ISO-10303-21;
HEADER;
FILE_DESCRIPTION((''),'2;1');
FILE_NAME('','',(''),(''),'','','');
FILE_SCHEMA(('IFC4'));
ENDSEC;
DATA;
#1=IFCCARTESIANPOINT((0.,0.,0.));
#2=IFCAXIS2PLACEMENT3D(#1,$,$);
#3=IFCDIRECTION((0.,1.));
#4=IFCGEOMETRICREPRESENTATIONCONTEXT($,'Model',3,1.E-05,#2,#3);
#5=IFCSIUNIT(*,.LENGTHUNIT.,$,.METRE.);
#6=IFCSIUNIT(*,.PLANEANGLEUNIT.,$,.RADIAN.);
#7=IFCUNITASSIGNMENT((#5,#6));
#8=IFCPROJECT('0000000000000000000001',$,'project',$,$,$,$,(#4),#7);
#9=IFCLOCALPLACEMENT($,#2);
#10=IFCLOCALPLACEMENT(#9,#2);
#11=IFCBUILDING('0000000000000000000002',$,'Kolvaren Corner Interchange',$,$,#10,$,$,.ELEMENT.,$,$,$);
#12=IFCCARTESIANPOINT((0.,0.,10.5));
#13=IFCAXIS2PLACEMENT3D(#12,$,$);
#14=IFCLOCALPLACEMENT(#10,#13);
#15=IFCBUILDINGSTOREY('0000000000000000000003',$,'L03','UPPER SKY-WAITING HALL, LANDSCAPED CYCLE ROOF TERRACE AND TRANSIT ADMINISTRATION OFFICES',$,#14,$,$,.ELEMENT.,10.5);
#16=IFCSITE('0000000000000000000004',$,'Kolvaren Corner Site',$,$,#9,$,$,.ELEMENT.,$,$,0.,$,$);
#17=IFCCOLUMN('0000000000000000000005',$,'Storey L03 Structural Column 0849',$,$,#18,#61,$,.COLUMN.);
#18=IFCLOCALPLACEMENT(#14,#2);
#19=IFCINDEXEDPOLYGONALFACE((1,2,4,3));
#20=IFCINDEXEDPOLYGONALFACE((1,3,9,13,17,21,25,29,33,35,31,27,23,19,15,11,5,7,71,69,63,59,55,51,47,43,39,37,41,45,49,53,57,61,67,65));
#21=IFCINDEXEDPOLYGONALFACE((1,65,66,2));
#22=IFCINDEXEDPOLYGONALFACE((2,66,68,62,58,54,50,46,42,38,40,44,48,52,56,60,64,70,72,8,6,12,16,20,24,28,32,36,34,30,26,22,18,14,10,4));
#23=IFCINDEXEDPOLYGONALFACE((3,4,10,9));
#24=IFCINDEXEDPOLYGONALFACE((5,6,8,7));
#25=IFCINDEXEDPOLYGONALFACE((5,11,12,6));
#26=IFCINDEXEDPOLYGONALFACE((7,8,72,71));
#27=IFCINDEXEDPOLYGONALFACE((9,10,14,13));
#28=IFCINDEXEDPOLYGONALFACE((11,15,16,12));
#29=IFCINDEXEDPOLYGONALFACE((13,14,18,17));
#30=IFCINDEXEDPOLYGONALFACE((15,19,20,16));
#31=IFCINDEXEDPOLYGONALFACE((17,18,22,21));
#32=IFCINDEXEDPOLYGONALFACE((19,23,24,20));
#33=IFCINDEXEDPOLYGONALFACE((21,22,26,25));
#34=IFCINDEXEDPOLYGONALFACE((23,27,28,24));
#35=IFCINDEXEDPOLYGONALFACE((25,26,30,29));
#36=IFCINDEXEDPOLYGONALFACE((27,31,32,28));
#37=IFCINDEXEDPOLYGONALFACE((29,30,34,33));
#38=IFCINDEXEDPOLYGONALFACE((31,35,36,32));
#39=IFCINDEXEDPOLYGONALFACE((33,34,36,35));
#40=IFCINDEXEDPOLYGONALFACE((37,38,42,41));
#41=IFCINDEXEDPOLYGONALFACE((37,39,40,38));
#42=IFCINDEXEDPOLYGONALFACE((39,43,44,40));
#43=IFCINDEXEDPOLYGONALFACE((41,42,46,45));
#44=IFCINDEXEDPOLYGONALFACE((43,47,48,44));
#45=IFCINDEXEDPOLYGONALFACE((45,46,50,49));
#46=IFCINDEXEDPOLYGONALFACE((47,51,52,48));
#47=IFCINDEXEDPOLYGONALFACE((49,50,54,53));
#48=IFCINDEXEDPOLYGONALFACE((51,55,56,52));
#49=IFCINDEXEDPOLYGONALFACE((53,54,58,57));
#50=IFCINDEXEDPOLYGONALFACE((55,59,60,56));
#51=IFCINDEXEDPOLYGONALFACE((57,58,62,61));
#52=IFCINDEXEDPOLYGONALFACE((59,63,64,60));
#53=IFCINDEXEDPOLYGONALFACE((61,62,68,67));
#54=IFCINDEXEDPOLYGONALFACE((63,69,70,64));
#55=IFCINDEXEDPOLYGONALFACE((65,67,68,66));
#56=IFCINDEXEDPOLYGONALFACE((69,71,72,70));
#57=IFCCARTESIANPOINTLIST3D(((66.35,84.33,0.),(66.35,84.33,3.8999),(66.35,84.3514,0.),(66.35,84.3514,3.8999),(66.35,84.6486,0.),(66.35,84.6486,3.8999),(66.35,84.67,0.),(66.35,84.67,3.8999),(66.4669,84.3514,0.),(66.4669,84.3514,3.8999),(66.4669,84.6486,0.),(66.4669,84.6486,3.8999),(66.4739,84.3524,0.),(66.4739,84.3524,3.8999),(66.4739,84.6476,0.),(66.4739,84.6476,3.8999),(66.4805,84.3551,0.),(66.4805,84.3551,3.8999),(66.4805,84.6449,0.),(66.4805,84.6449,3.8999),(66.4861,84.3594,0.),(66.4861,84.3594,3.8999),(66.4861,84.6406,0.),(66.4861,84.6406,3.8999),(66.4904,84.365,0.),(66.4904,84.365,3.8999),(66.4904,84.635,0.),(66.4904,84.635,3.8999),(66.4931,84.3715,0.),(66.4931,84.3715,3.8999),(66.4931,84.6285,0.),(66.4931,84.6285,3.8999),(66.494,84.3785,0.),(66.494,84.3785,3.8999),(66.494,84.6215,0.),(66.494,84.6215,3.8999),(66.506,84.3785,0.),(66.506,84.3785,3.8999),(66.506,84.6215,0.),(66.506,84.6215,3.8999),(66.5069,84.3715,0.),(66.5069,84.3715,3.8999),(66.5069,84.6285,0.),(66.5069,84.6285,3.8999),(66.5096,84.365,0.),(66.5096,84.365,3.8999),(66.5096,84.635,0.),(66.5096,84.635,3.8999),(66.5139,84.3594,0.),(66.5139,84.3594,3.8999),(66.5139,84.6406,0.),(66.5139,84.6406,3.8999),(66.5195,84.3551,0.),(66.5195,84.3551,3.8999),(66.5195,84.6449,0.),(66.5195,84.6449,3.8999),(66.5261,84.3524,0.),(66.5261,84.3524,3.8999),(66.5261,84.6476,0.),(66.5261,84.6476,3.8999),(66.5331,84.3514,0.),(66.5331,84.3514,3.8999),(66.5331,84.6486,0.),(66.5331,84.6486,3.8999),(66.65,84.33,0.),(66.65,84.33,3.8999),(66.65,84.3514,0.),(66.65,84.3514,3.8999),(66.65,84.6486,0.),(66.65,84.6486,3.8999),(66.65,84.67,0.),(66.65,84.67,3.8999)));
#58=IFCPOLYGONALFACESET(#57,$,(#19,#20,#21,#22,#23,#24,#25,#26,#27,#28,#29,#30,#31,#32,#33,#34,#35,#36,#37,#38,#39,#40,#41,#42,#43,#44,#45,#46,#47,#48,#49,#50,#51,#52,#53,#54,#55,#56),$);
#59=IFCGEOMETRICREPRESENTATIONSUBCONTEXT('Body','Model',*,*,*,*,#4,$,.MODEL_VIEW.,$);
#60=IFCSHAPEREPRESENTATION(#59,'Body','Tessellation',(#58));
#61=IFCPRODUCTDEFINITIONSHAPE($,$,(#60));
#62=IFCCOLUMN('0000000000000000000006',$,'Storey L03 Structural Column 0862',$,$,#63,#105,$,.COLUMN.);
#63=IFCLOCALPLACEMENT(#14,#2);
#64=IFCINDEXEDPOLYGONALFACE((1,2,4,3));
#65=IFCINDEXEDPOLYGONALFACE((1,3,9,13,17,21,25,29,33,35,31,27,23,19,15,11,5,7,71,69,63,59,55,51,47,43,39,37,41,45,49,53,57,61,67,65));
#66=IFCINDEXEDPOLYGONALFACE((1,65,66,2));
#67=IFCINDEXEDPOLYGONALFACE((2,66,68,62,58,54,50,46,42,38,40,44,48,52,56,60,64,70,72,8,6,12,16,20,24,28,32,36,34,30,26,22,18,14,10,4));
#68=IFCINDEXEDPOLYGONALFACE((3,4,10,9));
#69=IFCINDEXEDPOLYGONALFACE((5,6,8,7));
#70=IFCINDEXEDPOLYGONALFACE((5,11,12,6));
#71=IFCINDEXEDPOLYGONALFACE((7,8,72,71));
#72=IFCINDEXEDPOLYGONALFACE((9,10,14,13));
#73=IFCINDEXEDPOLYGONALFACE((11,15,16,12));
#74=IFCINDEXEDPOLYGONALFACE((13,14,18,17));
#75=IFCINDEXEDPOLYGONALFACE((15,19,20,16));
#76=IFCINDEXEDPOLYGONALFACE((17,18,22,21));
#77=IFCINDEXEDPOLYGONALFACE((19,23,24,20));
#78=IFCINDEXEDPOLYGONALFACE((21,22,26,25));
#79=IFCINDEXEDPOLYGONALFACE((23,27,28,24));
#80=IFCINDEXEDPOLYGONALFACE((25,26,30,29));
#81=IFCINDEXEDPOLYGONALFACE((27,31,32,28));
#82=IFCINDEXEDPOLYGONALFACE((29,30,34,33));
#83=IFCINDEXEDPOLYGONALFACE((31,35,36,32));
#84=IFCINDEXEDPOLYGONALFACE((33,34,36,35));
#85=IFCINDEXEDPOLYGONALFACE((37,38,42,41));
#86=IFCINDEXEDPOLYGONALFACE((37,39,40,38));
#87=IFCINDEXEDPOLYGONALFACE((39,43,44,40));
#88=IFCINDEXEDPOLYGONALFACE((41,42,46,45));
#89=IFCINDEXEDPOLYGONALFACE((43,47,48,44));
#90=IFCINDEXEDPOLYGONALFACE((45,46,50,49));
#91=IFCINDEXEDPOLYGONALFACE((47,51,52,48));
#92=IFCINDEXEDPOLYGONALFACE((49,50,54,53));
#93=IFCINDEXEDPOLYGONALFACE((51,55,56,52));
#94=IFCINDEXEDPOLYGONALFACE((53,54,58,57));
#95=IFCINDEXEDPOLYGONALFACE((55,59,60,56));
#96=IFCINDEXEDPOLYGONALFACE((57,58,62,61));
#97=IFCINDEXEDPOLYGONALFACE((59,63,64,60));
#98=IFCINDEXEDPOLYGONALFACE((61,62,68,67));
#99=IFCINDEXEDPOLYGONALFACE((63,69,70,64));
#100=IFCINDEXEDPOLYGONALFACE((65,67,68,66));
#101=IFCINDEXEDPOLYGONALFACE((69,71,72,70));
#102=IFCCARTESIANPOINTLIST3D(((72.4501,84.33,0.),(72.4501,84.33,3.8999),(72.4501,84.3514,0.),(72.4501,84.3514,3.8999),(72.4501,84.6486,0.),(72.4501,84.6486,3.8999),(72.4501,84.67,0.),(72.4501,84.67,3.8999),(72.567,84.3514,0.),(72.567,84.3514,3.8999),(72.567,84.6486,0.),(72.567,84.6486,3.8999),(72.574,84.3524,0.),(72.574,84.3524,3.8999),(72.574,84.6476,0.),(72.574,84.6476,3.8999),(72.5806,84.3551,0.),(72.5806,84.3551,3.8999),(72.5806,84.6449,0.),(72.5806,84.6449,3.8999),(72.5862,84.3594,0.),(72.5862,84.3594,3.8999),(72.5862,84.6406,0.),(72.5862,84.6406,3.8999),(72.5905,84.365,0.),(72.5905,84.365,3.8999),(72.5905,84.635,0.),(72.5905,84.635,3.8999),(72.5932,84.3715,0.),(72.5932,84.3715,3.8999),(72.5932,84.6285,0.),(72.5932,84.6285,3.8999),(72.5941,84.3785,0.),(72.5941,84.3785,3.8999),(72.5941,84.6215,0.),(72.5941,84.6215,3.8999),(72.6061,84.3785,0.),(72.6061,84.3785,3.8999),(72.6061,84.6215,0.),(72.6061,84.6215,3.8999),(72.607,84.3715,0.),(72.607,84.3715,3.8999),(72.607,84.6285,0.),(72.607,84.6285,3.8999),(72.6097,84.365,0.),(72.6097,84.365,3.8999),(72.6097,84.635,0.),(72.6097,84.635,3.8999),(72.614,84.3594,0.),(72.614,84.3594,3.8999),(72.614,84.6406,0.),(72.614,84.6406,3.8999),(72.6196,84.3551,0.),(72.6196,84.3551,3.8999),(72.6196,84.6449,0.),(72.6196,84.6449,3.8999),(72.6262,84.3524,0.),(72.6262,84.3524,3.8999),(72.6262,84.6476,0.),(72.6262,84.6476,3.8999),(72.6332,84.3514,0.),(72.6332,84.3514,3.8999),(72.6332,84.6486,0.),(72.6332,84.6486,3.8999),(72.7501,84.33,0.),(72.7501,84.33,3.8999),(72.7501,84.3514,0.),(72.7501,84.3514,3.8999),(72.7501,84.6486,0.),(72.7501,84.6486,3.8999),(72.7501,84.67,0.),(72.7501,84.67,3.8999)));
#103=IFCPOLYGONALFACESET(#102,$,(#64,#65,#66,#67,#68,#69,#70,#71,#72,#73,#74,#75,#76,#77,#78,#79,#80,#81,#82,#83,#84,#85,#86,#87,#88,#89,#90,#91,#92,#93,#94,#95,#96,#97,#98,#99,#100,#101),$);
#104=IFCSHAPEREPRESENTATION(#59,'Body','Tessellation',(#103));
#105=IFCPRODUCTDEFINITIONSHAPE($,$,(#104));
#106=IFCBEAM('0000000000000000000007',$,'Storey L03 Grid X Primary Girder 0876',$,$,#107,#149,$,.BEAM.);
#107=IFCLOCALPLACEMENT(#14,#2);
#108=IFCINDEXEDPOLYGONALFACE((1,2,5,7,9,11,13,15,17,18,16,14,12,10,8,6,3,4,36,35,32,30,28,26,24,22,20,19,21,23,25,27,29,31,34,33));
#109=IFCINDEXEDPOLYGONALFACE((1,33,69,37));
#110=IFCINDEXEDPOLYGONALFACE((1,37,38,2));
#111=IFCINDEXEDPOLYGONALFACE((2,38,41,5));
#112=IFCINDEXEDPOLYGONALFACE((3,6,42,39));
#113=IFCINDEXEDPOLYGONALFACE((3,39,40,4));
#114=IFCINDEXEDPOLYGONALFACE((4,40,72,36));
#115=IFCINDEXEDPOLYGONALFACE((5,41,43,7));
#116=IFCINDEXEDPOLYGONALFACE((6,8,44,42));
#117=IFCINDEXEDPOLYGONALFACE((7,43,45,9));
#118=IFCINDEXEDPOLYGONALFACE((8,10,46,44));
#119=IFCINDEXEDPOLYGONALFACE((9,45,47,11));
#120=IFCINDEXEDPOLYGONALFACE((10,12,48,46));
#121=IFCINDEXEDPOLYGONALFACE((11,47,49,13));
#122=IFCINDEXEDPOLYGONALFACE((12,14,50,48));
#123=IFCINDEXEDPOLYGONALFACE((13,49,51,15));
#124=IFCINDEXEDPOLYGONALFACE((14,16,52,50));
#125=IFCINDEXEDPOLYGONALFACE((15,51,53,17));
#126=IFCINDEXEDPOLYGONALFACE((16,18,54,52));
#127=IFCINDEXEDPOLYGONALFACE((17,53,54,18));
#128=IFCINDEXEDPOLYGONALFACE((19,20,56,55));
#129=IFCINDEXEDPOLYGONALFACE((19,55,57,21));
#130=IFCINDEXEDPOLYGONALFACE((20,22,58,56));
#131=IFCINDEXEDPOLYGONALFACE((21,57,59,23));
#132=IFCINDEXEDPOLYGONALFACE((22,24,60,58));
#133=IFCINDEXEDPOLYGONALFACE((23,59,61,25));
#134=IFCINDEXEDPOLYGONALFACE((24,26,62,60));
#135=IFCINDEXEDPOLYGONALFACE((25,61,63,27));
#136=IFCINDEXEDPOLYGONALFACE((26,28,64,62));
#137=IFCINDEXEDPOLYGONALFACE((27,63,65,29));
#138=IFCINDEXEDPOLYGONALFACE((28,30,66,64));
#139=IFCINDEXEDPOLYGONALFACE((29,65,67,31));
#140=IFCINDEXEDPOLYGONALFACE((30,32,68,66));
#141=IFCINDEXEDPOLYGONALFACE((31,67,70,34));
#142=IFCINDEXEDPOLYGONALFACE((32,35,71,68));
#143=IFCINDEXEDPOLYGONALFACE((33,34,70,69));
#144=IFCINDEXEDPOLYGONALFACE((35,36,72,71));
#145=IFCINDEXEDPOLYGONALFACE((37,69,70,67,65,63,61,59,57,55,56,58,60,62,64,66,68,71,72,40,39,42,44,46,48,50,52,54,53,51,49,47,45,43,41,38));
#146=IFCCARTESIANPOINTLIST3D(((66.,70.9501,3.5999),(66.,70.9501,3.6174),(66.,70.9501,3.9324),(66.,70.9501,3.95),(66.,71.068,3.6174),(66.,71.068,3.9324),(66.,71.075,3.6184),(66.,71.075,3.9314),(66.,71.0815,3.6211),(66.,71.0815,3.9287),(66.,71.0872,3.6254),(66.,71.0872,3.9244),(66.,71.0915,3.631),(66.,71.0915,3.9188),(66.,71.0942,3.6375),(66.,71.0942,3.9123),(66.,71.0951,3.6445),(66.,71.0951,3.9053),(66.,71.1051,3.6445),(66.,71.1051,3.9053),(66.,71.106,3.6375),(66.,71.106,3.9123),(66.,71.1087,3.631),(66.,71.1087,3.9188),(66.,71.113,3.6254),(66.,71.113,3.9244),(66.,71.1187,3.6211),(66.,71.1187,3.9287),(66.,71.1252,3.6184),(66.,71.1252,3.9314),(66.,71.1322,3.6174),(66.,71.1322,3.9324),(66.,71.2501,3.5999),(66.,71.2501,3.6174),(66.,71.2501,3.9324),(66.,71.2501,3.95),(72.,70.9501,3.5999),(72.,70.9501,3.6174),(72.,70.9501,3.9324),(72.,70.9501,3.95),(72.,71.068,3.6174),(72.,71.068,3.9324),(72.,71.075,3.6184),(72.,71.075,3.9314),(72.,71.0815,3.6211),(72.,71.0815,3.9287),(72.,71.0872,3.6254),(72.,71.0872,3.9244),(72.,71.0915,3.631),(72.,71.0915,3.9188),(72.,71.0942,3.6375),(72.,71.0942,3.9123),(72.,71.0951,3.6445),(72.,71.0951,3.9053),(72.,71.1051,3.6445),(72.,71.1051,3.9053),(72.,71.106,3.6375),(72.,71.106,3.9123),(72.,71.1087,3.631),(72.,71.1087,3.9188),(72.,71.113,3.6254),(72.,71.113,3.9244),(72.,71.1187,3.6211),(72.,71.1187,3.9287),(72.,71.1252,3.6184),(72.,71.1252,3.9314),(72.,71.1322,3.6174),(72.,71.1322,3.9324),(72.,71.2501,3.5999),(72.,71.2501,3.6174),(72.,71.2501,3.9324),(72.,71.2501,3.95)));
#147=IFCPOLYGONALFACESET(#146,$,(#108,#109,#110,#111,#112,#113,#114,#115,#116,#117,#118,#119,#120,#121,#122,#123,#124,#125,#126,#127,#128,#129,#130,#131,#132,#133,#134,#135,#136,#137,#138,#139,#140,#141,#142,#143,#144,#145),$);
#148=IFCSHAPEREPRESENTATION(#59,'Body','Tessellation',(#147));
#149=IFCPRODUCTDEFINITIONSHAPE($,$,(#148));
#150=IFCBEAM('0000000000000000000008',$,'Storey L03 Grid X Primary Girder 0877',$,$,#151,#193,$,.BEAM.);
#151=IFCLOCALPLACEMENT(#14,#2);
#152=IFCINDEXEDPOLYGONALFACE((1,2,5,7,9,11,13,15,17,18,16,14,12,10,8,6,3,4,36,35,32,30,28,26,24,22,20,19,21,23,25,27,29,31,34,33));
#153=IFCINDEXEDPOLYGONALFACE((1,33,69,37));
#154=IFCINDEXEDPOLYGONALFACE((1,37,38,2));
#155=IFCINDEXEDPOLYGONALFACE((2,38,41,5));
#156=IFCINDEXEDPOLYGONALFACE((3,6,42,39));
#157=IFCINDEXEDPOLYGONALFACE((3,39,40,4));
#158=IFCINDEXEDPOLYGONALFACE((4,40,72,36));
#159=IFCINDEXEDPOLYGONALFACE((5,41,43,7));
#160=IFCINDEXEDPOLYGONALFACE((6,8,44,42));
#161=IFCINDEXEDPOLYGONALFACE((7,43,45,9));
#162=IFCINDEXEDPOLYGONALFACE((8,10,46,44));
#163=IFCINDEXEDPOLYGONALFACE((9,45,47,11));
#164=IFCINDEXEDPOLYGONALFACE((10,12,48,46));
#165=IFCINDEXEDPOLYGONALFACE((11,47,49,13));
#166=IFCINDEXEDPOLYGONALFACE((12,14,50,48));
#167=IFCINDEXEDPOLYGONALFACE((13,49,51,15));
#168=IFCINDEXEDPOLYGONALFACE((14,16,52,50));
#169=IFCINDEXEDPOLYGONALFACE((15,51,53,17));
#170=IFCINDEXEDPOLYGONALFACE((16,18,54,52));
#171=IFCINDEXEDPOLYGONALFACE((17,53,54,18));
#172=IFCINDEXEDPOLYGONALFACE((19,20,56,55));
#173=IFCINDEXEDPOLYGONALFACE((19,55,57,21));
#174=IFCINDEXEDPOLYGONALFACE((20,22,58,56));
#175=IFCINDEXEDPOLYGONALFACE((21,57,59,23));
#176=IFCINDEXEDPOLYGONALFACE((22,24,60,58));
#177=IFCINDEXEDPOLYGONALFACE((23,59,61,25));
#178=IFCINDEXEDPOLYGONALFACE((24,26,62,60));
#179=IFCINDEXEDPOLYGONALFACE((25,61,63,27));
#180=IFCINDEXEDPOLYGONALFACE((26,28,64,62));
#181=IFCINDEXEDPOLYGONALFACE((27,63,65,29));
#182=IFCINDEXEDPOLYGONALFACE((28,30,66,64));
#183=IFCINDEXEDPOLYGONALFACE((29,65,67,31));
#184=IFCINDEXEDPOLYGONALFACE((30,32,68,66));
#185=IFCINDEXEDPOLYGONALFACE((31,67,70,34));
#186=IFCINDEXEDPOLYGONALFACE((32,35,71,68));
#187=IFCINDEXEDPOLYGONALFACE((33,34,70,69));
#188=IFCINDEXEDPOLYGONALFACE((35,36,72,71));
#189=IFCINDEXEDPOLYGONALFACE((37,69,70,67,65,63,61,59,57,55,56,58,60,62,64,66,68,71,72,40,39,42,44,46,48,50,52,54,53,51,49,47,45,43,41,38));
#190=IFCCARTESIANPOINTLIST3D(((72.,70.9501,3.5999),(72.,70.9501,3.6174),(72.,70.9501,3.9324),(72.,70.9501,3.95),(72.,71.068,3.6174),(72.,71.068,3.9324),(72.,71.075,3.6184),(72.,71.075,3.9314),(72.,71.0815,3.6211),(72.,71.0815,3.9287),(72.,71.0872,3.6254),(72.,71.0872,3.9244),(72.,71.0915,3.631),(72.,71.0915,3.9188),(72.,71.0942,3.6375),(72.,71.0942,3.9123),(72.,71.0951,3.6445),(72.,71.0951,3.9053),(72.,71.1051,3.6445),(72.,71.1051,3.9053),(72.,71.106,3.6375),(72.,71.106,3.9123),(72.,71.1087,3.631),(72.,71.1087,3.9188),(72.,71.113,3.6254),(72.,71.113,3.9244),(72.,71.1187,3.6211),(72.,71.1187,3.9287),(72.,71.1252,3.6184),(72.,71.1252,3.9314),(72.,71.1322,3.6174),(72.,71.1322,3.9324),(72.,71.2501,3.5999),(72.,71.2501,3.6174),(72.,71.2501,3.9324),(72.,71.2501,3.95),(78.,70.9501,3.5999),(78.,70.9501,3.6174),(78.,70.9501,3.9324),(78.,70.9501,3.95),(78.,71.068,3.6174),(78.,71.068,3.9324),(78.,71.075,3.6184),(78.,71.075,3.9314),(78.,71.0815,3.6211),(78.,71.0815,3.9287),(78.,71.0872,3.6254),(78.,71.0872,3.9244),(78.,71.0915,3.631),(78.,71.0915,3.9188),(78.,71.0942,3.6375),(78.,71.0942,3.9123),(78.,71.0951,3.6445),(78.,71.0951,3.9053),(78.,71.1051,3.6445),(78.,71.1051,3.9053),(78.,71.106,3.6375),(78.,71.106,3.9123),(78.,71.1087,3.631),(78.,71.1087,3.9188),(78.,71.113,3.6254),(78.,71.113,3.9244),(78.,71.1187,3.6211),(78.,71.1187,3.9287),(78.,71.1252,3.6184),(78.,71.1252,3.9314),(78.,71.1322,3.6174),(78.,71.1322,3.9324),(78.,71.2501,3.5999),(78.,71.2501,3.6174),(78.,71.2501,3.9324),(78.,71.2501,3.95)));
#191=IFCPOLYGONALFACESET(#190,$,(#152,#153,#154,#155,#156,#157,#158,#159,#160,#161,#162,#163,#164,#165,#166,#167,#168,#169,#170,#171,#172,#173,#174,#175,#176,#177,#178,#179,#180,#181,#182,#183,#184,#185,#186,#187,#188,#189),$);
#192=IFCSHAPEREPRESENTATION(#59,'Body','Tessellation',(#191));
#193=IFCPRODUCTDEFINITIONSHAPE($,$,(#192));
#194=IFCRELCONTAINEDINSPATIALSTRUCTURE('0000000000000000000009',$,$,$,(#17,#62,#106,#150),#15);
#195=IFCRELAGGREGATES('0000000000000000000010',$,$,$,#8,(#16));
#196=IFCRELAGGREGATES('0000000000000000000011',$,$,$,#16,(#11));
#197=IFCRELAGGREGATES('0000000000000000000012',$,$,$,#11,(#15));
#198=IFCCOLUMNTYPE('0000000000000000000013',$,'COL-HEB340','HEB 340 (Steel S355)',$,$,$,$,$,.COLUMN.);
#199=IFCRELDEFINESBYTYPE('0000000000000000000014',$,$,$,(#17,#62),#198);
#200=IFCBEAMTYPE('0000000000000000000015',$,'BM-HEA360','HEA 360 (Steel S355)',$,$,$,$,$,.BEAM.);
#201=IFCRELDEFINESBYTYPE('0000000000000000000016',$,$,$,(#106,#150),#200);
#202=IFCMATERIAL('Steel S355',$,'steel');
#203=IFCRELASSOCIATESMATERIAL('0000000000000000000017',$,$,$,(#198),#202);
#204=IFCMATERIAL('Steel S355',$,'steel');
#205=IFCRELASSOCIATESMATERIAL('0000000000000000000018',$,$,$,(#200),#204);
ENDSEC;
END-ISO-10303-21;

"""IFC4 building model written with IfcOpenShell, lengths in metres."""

from ifc_helpers import new_model, si_unit, direction, frame, origin, origin_2d, place, context, subcontext, project, spatial, i_section, extrude, material, material_profile, profile_set, type_object, element, save


model = new_model("IFC4")

# Units and contexts
model_context = context("Model", 3, precision=1e-05, world=origin(), true_north=direction((0.0, 1.0)))
body_context = subcontext(model_context, "Body", "Model", "MODEL_VIEW")
ifc_project = project(units=[si_unit("LENGTHUNIT", "METRE"), si_unit("PLANEANGLEUNIT", "RADIAN")], contexts=[model_context])

# Site, building, storey
site_placement = place(None, origin())
site = spatial("IfcSite", under=ifc_project, at=site_placement, Name="Kolvaren Corner Site", CompositionType="ELEMENT", RefElevation=0.0)
building_placement = place(site_placement, origin())
building = spatial("IfcBuilding", under=site, at=building_placement, Name="Kolvaren Corner Interchange", CompositionType="ELEMENT")
storey_placement = place(building_placement, frame((0.0, 0.0, 10.5)))
storey = spatial("IfcBuildingStorey", under=building, at=storey_placement, Name="L03", Description="UPPER SKY-WAITING HALL, LANDSCAPED CYCLE ROOF TERRACE AND TRANSIT ADMINISTRATION OFFICES", CompositionType="ELEMENT", Elevation=10.5)

# Columns
ifc_material_1 = material(Name="Steel S355", Category="steel")
ifc_material_profile_1 = material_profile(ifc_material_1, i_section(OverallWidth=0.3, OverallDepth=0.3401, WebThickness=0.012, FlangeThickness=0.0215, FilletRadius=0.0271, at=origin_2d()), Name="HEB 340")
ifc_profile_set_1 = profile_set([ifc_material_profile_1], Name="Steel S355")
column_type_1 = type_object("IfcColumnType", Name="COL-HEB340", Description="HEB 340 (Steel S355)", PredefinedType="COLUMN", material=ifc_profile_set_1)
for number, where, z_axis, x_axis, name in (
    (1, (66.5, 84.5, 0.0), (0.0, 0.0, 1.0), (1.0, 0.0, 0.0), "Storey L03 Structural Column 0849"),
    (2, (72.6001, 84.5, 0.0), (0.0, 0.0, 1.0), (1.0, 0.0, 0.0), "Storey L03 Structural Column 0862"),
):
    element("IfcColumn", number, at=place(storey_placement, frame(where, z_axis=z_axis, x_axis=x_axis)), inside=storey, type_object=column_type_1, Name=name, PredefinedType="COLUMN", context=body_context, shape_type="SweptSolid", body=[
        extrude(i_section(OverallWidth=0.3, OverallDepth=0.3401, WebThickness=0.012, FlangeThickness=0.0215, FilletRadius=0.0271, at=origin_2d()), origin(), (0.0, 0.0, 1.0), 3.8999),
    ])

# Beams
ifc_material_2 = material(Name="Steel S355", Category="steel")
ifc_material_profile_2 = material_profile(ifc_material_2, i_section(OverallWidth=0.3, OverallDepth=0.3501, WebThickness=0.01, FlangeThickness=0.0176, FilletRadius=0.0271, at=origin_2d()), Name="HEA 360")
ifc_profile_set_2 = profile_set([ifc_material_profile_2], Name="Steel S355")
beam_type_1 = type_object("IfcBeamType", Name="BM-HEA360", Description="HEA 360 (Steel S355)", PredefinedType="BEAM", material=ifc_profile_set_2)
for number, where, z_axis, x_axis, name in (
    (3, (66.0, 71.1001, 3.7749), (1.0, 0.0, 0.0), (0.0, 1.0, 0.0), "Storey L03 Grid X Primary Girder 0876"),
    (4, (72.0, 71.1001, 3.7749), (1.0, 0.0, 0.0), (0.0, 1.0, 0.0), "Storey L03 Grid X Primary Girder 0877"),
):
    element("IfcBeam", number, at=place(storey_placement, frame(where, z_axis=z_axis, x_axis=x_axis)), inside=storey, type_object=beam_type_1, Name=name, PredefinedType="BEAM", context=body_context, shape_type="SweptSolid", body=[
        extrude(i_section(OverallWidth=0.3, OverallDepth=0.3501, WebThickness=0.01, FlangeThickness=0.0176, FilletRadius=0.0271, at=origin_2d()), origin(), (0.0, 0.0, 1.0), 6.0),
    ])

save(model, "model.ifc")
